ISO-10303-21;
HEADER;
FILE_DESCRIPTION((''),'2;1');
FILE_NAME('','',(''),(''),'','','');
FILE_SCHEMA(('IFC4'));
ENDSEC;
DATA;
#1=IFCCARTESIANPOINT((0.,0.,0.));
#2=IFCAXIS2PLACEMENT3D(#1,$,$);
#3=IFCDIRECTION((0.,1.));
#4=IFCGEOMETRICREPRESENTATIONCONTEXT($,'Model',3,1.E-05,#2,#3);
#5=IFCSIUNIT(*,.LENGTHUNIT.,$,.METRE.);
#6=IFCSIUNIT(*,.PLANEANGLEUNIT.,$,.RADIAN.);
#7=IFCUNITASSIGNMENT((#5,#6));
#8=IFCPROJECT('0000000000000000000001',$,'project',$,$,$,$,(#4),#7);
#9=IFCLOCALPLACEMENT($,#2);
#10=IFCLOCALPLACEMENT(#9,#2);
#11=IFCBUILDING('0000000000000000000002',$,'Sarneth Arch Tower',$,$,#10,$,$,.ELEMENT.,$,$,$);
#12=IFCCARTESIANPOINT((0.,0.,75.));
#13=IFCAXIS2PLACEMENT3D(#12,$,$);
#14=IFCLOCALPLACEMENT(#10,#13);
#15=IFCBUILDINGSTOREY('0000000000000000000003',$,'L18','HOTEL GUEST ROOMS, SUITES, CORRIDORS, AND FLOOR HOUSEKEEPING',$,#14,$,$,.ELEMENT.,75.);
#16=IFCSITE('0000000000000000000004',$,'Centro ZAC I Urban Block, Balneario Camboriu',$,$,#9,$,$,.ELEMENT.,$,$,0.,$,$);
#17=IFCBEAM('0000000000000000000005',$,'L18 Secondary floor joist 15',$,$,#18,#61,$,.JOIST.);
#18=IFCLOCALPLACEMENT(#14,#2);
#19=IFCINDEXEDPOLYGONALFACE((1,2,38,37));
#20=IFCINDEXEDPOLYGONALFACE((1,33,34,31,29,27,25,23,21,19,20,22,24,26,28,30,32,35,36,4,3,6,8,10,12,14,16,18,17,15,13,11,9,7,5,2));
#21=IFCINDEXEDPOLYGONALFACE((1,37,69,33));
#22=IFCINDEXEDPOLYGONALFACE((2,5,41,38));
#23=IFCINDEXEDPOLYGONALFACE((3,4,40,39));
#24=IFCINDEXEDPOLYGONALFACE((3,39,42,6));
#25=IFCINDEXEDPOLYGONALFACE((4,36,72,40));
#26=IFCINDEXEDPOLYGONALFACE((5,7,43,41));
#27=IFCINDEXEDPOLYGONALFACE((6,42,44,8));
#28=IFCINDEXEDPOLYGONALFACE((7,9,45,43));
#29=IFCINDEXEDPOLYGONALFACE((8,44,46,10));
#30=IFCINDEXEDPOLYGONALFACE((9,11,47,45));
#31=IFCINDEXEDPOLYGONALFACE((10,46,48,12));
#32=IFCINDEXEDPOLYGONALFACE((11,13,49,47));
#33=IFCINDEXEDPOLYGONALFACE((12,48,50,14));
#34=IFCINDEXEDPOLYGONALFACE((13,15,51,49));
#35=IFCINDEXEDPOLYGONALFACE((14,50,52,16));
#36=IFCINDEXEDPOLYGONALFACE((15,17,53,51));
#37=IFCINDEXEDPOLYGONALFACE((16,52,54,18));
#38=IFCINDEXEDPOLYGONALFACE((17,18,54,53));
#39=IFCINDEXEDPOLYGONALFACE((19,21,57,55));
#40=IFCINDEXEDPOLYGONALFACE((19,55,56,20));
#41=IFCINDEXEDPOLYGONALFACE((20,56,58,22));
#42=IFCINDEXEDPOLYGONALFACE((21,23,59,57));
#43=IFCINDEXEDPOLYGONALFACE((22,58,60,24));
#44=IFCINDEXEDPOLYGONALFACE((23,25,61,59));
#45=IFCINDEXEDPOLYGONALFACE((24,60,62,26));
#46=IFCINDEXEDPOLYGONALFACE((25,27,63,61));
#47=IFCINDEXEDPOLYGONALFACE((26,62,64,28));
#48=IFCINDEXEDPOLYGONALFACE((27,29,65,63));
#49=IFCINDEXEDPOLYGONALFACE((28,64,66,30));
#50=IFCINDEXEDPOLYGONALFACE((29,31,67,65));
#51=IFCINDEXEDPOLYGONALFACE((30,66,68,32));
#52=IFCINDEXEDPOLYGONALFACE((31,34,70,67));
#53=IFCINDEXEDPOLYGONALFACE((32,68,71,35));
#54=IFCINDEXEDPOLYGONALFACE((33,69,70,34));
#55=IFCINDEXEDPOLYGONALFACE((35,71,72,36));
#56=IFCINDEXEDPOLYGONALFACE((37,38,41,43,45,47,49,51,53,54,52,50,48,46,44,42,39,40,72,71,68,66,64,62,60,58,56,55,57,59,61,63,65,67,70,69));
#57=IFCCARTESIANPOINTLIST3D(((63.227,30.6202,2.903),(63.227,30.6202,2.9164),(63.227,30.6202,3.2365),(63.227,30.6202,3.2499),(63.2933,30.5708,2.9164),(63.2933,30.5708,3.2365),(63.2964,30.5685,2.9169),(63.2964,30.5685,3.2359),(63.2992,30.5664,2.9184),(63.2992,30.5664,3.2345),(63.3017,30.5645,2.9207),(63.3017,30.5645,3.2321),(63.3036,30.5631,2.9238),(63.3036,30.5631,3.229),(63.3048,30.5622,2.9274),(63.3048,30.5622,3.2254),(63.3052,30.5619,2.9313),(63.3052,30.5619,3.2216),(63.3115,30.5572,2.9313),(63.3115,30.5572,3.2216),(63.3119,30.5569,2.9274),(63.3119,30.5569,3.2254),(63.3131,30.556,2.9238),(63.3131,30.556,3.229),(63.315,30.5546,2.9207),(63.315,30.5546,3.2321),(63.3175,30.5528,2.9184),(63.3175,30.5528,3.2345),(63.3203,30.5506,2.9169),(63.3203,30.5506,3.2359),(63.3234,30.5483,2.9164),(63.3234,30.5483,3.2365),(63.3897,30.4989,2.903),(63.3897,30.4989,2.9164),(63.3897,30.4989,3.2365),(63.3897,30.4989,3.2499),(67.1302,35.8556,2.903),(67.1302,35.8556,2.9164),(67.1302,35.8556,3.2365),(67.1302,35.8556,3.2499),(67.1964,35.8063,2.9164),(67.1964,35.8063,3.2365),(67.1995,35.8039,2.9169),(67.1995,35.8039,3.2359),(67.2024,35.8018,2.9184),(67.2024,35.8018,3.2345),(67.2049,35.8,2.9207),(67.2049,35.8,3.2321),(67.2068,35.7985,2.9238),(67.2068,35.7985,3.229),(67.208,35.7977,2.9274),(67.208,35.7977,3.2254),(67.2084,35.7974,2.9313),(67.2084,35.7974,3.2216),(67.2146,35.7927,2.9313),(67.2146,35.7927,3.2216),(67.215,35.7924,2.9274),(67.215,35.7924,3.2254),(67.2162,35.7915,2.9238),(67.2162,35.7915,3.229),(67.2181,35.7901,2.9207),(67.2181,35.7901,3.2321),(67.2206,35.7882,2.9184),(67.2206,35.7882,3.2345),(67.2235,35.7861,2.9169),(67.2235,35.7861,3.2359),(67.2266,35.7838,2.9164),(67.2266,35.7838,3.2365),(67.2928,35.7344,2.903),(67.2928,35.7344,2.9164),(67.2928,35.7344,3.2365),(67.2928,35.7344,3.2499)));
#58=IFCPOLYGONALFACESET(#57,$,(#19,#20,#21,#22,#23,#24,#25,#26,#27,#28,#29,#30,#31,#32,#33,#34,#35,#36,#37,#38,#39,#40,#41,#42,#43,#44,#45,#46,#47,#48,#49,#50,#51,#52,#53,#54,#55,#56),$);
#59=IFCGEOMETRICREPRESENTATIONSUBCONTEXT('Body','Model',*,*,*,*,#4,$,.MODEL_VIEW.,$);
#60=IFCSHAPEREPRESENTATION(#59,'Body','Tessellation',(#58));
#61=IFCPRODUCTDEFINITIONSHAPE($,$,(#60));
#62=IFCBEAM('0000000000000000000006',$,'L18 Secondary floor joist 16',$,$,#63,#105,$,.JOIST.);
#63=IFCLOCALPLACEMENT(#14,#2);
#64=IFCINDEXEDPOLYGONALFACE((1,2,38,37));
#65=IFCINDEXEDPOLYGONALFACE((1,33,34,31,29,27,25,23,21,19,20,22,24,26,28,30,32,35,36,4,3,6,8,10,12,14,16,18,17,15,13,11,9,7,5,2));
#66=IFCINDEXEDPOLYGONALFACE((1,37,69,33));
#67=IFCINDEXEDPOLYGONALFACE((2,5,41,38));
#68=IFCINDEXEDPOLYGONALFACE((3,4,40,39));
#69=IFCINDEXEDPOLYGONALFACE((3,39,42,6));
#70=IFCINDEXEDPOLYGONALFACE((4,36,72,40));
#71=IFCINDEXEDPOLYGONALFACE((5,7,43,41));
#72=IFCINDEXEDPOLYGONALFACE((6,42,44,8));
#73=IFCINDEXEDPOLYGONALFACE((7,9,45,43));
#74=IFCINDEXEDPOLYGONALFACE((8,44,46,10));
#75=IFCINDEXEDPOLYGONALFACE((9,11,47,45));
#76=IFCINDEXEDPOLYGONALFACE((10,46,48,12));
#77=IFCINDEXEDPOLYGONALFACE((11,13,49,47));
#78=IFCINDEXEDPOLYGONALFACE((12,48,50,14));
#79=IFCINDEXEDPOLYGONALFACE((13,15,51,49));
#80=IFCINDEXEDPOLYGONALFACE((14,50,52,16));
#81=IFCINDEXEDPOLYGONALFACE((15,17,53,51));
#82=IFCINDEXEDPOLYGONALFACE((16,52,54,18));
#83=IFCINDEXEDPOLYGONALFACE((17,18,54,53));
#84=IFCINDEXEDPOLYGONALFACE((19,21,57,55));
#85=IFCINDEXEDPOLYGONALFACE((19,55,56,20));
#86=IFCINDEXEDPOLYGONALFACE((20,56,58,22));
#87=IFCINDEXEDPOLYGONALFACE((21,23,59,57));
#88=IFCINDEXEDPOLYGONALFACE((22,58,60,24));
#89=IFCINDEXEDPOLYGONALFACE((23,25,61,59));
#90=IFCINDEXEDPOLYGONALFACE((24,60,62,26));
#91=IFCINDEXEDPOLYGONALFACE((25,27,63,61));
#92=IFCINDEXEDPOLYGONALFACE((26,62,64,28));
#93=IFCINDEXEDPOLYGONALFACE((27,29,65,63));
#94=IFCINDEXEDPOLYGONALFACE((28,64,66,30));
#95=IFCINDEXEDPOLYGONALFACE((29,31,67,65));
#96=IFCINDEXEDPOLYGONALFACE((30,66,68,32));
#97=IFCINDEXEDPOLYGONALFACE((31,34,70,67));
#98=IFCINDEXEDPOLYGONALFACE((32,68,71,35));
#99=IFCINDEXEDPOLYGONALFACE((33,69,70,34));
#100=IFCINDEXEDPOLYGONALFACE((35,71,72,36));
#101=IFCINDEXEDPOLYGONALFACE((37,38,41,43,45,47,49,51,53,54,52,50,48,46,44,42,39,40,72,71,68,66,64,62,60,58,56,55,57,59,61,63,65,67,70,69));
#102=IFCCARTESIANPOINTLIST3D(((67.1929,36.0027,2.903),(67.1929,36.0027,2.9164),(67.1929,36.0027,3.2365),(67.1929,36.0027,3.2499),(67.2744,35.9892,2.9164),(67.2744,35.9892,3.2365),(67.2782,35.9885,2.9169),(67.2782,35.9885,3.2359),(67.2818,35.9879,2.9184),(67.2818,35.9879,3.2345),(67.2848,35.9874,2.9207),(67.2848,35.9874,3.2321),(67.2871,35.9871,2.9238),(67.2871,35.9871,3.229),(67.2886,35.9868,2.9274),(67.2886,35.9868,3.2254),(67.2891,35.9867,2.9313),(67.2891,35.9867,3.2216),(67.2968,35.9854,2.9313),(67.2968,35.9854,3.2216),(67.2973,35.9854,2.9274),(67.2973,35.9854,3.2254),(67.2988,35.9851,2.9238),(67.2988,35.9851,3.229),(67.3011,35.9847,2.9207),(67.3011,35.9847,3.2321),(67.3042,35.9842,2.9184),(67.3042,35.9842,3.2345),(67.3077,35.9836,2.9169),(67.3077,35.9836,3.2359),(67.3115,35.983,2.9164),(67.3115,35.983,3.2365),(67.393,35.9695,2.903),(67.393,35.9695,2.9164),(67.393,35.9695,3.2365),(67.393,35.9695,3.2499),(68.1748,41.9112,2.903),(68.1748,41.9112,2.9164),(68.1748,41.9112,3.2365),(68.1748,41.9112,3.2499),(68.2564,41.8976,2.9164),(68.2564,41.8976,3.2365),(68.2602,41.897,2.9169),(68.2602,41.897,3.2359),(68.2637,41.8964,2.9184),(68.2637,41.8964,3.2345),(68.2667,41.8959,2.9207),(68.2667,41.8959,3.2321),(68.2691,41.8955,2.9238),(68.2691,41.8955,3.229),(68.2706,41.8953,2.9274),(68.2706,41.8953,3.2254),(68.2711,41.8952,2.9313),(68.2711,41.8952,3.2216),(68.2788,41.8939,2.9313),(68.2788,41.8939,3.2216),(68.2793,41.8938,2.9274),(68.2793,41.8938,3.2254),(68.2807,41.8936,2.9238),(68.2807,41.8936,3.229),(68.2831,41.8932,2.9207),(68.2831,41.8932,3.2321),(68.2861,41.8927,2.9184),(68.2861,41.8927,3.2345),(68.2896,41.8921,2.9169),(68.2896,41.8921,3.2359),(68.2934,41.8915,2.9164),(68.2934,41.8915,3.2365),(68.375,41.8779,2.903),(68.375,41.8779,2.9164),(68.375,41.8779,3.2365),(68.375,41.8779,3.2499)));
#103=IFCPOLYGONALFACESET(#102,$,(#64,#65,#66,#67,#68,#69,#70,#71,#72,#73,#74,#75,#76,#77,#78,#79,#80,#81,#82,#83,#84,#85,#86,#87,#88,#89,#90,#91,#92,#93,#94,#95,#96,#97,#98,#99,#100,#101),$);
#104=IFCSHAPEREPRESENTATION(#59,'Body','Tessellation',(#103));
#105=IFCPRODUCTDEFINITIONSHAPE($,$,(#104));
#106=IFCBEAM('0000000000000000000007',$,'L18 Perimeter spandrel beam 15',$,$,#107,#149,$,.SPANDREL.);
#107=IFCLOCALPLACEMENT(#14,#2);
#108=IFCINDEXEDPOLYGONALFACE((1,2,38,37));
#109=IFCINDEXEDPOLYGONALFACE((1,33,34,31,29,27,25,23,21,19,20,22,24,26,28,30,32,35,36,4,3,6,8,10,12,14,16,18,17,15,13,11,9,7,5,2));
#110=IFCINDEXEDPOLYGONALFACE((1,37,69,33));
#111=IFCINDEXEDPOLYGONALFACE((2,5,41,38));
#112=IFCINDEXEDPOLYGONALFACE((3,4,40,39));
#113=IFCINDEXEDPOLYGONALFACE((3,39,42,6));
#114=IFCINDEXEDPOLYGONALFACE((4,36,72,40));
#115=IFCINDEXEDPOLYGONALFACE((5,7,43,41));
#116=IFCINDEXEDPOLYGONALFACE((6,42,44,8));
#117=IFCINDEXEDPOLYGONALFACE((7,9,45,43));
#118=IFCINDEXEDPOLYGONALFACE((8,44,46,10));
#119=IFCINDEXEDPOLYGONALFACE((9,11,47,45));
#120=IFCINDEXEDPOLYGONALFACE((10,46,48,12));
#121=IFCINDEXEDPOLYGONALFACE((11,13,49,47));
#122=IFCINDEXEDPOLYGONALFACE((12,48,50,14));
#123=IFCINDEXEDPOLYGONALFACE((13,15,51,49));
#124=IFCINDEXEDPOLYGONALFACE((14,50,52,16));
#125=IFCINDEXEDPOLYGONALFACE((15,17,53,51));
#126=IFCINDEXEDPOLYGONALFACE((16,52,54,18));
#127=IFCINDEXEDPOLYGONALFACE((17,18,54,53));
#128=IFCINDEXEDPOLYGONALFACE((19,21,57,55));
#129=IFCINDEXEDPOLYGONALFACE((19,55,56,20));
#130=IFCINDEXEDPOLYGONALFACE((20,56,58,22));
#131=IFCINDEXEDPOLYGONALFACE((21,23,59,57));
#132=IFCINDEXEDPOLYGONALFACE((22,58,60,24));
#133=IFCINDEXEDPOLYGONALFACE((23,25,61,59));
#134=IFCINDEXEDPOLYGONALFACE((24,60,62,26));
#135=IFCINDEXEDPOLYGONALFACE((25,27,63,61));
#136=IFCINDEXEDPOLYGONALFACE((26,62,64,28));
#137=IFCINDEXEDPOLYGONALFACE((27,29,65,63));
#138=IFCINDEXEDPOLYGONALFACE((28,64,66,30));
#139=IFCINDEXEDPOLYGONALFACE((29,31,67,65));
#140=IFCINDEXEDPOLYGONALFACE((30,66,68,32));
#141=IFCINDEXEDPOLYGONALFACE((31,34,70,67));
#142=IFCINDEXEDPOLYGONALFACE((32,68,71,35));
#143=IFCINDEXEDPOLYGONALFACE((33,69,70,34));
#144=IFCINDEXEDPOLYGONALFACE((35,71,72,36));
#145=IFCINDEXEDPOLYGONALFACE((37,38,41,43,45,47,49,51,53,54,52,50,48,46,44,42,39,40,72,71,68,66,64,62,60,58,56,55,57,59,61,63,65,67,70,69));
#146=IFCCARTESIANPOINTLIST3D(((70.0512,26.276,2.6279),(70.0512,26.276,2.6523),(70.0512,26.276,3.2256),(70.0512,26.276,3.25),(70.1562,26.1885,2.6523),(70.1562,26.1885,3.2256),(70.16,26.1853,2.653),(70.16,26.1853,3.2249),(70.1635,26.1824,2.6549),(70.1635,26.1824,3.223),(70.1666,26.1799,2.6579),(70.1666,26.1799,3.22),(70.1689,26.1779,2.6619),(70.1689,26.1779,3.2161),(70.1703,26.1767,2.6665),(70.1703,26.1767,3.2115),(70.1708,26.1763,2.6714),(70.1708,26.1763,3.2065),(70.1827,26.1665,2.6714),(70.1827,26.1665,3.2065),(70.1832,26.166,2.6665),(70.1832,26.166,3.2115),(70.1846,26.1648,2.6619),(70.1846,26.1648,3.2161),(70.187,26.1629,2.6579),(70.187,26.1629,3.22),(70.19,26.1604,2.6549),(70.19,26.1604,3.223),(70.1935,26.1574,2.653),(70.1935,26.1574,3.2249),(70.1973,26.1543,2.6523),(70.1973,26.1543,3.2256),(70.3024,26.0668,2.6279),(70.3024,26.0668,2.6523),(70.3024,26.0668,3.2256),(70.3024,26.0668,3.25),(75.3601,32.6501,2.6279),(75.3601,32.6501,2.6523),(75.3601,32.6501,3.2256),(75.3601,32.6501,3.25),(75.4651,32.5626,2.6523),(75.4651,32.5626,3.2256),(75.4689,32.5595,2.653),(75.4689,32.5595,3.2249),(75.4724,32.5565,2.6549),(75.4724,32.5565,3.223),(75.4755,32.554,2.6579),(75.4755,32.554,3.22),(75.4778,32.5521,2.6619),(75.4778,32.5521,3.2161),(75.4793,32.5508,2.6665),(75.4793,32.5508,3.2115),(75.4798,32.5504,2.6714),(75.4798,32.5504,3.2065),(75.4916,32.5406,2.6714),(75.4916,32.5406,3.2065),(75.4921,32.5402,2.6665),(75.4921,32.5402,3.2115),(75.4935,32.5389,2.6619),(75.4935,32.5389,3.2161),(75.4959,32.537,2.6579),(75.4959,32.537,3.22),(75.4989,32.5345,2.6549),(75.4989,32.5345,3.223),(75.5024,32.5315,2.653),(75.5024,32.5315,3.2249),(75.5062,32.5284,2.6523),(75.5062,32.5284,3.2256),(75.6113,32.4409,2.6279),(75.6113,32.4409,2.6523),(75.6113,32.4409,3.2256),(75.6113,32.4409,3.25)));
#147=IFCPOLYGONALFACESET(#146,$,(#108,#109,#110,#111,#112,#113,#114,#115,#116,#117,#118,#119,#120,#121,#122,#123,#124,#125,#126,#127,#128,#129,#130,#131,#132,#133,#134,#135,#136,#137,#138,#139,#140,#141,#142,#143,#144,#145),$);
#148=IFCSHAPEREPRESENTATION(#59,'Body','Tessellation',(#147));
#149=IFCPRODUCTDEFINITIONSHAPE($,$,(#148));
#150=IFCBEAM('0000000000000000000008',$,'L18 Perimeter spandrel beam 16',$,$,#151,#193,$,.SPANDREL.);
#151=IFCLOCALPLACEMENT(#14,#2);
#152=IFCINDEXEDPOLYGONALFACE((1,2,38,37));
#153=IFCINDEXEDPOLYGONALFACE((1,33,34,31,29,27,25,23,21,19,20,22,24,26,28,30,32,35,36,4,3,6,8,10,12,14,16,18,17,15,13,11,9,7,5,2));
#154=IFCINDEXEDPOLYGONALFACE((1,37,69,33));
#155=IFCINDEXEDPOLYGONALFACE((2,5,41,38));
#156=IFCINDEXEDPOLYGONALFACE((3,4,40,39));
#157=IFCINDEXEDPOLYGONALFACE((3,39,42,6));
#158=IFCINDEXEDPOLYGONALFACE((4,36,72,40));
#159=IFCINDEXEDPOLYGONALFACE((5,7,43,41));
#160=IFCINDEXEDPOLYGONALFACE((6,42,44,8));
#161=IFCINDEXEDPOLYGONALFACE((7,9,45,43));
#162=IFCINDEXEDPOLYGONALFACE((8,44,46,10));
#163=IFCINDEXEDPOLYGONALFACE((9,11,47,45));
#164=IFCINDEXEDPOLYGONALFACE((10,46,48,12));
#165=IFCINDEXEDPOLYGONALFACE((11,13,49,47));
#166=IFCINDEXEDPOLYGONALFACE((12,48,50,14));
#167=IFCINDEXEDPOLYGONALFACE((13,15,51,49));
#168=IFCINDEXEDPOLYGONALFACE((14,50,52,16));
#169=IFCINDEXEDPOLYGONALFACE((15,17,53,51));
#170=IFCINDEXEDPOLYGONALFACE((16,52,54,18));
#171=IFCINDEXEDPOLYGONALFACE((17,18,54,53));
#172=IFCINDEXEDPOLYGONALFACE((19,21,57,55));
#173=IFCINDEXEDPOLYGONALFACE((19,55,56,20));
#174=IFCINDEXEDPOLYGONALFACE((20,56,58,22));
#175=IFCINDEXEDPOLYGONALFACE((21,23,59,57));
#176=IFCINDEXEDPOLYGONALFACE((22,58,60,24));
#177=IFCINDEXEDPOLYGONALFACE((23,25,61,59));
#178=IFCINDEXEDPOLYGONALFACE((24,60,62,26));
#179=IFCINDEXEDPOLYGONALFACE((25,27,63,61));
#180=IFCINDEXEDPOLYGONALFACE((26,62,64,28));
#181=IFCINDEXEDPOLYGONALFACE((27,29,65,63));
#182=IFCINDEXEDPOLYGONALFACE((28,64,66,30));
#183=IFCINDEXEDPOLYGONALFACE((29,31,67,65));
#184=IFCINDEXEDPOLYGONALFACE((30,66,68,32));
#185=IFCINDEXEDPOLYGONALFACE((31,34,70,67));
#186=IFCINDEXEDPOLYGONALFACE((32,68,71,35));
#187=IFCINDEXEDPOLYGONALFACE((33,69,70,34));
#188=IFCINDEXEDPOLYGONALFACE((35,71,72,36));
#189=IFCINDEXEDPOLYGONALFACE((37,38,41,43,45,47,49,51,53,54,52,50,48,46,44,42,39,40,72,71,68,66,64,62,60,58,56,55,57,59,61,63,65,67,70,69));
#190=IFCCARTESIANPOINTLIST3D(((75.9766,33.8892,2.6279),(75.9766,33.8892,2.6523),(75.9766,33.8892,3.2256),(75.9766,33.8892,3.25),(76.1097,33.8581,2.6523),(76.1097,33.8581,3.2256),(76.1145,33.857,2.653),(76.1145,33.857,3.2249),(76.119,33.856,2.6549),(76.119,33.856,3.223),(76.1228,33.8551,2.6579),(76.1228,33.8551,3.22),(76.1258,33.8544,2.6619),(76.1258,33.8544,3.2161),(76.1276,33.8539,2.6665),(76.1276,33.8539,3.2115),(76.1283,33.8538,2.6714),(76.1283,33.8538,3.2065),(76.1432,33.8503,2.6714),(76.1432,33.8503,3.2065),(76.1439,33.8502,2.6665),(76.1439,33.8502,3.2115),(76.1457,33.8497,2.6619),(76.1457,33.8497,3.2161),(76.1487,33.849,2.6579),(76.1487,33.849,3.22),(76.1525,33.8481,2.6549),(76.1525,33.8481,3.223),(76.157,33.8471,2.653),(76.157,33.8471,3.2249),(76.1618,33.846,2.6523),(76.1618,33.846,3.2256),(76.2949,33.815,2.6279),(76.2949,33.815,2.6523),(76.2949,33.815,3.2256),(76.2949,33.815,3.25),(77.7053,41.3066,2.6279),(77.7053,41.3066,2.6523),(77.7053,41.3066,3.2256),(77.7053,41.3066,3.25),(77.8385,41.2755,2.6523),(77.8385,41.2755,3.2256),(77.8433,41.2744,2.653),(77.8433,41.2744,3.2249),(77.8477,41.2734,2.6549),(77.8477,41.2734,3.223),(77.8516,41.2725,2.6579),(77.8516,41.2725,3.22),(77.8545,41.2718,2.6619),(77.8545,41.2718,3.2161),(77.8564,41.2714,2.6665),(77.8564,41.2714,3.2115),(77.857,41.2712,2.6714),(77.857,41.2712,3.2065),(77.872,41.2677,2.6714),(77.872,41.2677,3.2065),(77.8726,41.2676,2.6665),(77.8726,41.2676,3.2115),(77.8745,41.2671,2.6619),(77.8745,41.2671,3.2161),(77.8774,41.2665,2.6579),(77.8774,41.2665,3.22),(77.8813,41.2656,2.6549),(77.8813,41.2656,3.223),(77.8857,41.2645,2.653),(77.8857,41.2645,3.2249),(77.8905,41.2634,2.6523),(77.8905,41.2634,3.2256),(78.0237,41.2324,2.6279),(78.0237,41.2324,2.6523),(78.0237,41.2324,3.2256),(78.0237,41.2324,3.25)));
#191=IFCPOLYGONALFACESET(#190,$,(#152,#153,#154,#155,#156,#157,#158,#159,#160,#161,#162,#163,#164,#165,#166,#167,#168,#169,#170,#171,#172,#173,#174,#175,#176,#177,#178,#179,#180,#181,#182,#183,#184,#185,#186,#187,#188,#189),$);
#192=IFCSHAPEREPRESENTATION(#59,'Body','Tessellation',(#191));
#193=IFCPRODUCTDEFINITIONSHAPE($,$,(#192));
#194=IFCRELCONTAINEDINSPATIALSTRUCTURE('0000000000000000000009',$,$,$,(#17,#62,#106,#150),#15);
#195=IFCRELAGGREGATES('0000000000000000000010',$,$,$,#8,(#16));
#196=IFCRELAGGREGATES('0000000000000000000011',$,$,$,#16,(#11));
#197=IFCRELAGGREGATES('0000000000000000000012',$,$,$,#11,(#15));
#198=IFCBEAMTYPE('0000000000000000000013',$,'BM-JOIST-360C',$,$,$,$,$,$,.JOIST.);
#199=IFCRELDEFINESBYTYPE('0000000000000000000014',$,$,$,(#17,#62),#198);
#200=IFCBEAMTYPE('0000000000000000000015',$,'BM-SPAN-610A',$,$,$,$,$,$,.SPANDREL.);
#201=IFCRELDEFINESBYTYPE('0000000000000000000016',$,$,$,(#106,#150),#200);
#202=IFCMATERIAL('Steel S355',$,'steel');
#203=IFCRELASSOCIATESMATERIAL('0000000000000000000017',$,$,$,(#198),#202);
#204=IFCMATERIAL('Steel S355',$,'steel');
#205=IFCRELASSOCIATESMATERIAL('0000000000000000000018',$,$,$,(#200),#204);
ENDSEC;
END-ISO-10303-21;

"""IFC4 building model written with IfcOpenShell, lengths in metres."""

from ifc_helpers import new_model, si_unit, direction, frame, origin, origin_2d, place, context, subcontext, project, spatial, i_section, extrude, material, material_profile, profile_set, type_object, element, save


model = new_model("IFC4")

# Units and contexts
model_context = context("Model", 3, precision=1e-05, world=origin(), true_north=direction((0.0, 1.0)))
body_context = subcontext(model_context, "Body", "Model", "MODEL_VIEW")
ifc_project = project(units=[si_unit("LENGTHUNIT", "METRE"), si_unit("PLANEANGLEUNIT", "RADIAN")], contexts=[model_context])

# Site, building, storey
site_placement = place(None, origin())
site = spatial("IfcSite", under=ifc_project, at=site_placement, Name="Centro ZAC I Urban Block, Balneario Camboriu", CompositionType="ELEMENT", RefElevation=0.0)
building_placement = place(site_placement, origin())
building = spatial("IfcBuilding", under=site, at=building_placement, Name="Sarneth Arch Tower", CompositionType="ELEMENT")
storey_placement = place(building_placement, frame((0.0, 0.0, 75.0)))
storey = spatial("IfcBuildingStorey", under=building, at=storey_placement, Name="L18", Description="HOTEL GUEST ROOMS, SUITES, CORRIDORS, AND FLOOR HOUSEKEEPING", CompositionType="ELEMENT", Elevation=75.0)

# Beams
ifc_material_1 = material(Name="Steel S355", Category="steel")
ifc_material_profile_1 = material_profile(ifc_material_1, i_section(OverallWidth=0.2029, OverallDepth=0.3469, WebThickness=0.0078, FlangeThickness=0.0134, FilletRadius=0.0149, at=origin_2d()), Name="W360x64")
ifc_profile_set_1 = profile_set([ifc_material_profile_1], Name="Steel S355")
beam_type_1 = type_object("IfcBeamType", Name="BM-JOIST-360C", PredefinedType="JOIST", material=ifc_profile_set_1)
beam_1_placement = place(storey_placement, frame((63.3083, 30.5596, 3.0764), z_axis=(0.5977, 0.801719, 0.0), x_axis=(-0.801719, 0.5977, 0.0)))
element("IfcBeam", 1, at=beam_1_placement, inside=storey, type_object=beam_type_1, Name="L18 Secondary floor joist 15", PredefinedType="JOIST", context=body_context, shape_type="SweptSolid", body=[
    extrude(i_section(OverallWidth=0.2029, OverallDepth=0.3469, WebThickness=0.0078, FlangeThickness=0.0134, FilletRadius=0.0149, at=origin_2d()), origin(), (0.0, 0.0, 1.0), 6.5303),
])
beam_2_placement = place(storey_placement, frame((67.293, 35.9861, 3.0764), z_axis=(0.163943, 0.98647, 0.0), x_axis=(-0.98647, 0.163943, 0.0)))
element("IfcBeam", 2, at=beam_2_placement, inside=storey, type_object=beam_type_1, Name="L18 Secondary floor joist 16", PredefinedType="JOIST", context=body_context, shape_type="SweptSolid", body=[
    extrude(i_section(OverallWidth=0.2029, OverallDepth=0.3469, WebThickness=0.0078, FlangeThickness=0.0134, FilletRadius=0.0149, at=origin_2d()), origin(), (0.0, 0.0, 1.0), 5.9895),
])
ifc_material_2 = material(Name="Steel S355", Category="steel")
ifc_material_profile_2 = material_profile(ifc_material_2, i_section(OverallWidth=0.3269, OverallDepth=0.6221, WebThickness=0.0154, FlangeThickness=0.0244, FilletRadius=0.019, at=origin_2d()), Name="W610x195")
ifc_profile_set_2 = profile_set([ifc_material_profile_2], Name="Steel S355")
beam_type_2 = type_object("IfcBeamType", Name="BM-SPAN-610A", PredefinedType="SPANDREL", material=ifc_profile_set_2)
beam_3_placement = place(storey_placement, frame((70.1768, 26.1714, 2.939), z_axis=(0.639982, 0.76839, 0.0), x_axis=(-0.76839, 0.639982, 0.0)))
element("IfcBeam", 3, at=beam_3_placement, inside=storey, type_object=beam_type_2, Name="L18 Perimeter spandrel beam 15", PredefinedType="SPANDREL", context=body_context, shape_type="SweptSolid", body=[
    extrude(i_section(OverallWidth=0.3269, OverallDepth=0.6221, WebThickness=0.0154, FlangeThickness=0.0244, FilletRadius=0.019, at=origin_2d()), origin(), (0.0, 0.0, 1.0), 8.2954),
])
beam_4_placement = place(storey_placement, frame((76.1357, 33.8521, 2.939), z_axis=(0.226982, 0.973899, 0.0), x_axis=(-0.973899, 0.226982, 0.0)))
element("IfcBeam", 4, at=beam_4_placement, inside=storey, type_object=beam_type_2, Name="L18 Perimeter spandrel beam 16", PredefinedType="SPANDREL", context=body_context, shape_type="SweptSolid", body=[
    extrude(i_section(OverallWidth=0.3269, OverallDepth=0.6221, WebThickness=0.0154, FlangeThickness=0.0244, FilletRadius=0.019, at=origin_2d()), origin(), (0.0, 0.0, 1.0), 7.6162),
])

save(model, "model.ifc")
